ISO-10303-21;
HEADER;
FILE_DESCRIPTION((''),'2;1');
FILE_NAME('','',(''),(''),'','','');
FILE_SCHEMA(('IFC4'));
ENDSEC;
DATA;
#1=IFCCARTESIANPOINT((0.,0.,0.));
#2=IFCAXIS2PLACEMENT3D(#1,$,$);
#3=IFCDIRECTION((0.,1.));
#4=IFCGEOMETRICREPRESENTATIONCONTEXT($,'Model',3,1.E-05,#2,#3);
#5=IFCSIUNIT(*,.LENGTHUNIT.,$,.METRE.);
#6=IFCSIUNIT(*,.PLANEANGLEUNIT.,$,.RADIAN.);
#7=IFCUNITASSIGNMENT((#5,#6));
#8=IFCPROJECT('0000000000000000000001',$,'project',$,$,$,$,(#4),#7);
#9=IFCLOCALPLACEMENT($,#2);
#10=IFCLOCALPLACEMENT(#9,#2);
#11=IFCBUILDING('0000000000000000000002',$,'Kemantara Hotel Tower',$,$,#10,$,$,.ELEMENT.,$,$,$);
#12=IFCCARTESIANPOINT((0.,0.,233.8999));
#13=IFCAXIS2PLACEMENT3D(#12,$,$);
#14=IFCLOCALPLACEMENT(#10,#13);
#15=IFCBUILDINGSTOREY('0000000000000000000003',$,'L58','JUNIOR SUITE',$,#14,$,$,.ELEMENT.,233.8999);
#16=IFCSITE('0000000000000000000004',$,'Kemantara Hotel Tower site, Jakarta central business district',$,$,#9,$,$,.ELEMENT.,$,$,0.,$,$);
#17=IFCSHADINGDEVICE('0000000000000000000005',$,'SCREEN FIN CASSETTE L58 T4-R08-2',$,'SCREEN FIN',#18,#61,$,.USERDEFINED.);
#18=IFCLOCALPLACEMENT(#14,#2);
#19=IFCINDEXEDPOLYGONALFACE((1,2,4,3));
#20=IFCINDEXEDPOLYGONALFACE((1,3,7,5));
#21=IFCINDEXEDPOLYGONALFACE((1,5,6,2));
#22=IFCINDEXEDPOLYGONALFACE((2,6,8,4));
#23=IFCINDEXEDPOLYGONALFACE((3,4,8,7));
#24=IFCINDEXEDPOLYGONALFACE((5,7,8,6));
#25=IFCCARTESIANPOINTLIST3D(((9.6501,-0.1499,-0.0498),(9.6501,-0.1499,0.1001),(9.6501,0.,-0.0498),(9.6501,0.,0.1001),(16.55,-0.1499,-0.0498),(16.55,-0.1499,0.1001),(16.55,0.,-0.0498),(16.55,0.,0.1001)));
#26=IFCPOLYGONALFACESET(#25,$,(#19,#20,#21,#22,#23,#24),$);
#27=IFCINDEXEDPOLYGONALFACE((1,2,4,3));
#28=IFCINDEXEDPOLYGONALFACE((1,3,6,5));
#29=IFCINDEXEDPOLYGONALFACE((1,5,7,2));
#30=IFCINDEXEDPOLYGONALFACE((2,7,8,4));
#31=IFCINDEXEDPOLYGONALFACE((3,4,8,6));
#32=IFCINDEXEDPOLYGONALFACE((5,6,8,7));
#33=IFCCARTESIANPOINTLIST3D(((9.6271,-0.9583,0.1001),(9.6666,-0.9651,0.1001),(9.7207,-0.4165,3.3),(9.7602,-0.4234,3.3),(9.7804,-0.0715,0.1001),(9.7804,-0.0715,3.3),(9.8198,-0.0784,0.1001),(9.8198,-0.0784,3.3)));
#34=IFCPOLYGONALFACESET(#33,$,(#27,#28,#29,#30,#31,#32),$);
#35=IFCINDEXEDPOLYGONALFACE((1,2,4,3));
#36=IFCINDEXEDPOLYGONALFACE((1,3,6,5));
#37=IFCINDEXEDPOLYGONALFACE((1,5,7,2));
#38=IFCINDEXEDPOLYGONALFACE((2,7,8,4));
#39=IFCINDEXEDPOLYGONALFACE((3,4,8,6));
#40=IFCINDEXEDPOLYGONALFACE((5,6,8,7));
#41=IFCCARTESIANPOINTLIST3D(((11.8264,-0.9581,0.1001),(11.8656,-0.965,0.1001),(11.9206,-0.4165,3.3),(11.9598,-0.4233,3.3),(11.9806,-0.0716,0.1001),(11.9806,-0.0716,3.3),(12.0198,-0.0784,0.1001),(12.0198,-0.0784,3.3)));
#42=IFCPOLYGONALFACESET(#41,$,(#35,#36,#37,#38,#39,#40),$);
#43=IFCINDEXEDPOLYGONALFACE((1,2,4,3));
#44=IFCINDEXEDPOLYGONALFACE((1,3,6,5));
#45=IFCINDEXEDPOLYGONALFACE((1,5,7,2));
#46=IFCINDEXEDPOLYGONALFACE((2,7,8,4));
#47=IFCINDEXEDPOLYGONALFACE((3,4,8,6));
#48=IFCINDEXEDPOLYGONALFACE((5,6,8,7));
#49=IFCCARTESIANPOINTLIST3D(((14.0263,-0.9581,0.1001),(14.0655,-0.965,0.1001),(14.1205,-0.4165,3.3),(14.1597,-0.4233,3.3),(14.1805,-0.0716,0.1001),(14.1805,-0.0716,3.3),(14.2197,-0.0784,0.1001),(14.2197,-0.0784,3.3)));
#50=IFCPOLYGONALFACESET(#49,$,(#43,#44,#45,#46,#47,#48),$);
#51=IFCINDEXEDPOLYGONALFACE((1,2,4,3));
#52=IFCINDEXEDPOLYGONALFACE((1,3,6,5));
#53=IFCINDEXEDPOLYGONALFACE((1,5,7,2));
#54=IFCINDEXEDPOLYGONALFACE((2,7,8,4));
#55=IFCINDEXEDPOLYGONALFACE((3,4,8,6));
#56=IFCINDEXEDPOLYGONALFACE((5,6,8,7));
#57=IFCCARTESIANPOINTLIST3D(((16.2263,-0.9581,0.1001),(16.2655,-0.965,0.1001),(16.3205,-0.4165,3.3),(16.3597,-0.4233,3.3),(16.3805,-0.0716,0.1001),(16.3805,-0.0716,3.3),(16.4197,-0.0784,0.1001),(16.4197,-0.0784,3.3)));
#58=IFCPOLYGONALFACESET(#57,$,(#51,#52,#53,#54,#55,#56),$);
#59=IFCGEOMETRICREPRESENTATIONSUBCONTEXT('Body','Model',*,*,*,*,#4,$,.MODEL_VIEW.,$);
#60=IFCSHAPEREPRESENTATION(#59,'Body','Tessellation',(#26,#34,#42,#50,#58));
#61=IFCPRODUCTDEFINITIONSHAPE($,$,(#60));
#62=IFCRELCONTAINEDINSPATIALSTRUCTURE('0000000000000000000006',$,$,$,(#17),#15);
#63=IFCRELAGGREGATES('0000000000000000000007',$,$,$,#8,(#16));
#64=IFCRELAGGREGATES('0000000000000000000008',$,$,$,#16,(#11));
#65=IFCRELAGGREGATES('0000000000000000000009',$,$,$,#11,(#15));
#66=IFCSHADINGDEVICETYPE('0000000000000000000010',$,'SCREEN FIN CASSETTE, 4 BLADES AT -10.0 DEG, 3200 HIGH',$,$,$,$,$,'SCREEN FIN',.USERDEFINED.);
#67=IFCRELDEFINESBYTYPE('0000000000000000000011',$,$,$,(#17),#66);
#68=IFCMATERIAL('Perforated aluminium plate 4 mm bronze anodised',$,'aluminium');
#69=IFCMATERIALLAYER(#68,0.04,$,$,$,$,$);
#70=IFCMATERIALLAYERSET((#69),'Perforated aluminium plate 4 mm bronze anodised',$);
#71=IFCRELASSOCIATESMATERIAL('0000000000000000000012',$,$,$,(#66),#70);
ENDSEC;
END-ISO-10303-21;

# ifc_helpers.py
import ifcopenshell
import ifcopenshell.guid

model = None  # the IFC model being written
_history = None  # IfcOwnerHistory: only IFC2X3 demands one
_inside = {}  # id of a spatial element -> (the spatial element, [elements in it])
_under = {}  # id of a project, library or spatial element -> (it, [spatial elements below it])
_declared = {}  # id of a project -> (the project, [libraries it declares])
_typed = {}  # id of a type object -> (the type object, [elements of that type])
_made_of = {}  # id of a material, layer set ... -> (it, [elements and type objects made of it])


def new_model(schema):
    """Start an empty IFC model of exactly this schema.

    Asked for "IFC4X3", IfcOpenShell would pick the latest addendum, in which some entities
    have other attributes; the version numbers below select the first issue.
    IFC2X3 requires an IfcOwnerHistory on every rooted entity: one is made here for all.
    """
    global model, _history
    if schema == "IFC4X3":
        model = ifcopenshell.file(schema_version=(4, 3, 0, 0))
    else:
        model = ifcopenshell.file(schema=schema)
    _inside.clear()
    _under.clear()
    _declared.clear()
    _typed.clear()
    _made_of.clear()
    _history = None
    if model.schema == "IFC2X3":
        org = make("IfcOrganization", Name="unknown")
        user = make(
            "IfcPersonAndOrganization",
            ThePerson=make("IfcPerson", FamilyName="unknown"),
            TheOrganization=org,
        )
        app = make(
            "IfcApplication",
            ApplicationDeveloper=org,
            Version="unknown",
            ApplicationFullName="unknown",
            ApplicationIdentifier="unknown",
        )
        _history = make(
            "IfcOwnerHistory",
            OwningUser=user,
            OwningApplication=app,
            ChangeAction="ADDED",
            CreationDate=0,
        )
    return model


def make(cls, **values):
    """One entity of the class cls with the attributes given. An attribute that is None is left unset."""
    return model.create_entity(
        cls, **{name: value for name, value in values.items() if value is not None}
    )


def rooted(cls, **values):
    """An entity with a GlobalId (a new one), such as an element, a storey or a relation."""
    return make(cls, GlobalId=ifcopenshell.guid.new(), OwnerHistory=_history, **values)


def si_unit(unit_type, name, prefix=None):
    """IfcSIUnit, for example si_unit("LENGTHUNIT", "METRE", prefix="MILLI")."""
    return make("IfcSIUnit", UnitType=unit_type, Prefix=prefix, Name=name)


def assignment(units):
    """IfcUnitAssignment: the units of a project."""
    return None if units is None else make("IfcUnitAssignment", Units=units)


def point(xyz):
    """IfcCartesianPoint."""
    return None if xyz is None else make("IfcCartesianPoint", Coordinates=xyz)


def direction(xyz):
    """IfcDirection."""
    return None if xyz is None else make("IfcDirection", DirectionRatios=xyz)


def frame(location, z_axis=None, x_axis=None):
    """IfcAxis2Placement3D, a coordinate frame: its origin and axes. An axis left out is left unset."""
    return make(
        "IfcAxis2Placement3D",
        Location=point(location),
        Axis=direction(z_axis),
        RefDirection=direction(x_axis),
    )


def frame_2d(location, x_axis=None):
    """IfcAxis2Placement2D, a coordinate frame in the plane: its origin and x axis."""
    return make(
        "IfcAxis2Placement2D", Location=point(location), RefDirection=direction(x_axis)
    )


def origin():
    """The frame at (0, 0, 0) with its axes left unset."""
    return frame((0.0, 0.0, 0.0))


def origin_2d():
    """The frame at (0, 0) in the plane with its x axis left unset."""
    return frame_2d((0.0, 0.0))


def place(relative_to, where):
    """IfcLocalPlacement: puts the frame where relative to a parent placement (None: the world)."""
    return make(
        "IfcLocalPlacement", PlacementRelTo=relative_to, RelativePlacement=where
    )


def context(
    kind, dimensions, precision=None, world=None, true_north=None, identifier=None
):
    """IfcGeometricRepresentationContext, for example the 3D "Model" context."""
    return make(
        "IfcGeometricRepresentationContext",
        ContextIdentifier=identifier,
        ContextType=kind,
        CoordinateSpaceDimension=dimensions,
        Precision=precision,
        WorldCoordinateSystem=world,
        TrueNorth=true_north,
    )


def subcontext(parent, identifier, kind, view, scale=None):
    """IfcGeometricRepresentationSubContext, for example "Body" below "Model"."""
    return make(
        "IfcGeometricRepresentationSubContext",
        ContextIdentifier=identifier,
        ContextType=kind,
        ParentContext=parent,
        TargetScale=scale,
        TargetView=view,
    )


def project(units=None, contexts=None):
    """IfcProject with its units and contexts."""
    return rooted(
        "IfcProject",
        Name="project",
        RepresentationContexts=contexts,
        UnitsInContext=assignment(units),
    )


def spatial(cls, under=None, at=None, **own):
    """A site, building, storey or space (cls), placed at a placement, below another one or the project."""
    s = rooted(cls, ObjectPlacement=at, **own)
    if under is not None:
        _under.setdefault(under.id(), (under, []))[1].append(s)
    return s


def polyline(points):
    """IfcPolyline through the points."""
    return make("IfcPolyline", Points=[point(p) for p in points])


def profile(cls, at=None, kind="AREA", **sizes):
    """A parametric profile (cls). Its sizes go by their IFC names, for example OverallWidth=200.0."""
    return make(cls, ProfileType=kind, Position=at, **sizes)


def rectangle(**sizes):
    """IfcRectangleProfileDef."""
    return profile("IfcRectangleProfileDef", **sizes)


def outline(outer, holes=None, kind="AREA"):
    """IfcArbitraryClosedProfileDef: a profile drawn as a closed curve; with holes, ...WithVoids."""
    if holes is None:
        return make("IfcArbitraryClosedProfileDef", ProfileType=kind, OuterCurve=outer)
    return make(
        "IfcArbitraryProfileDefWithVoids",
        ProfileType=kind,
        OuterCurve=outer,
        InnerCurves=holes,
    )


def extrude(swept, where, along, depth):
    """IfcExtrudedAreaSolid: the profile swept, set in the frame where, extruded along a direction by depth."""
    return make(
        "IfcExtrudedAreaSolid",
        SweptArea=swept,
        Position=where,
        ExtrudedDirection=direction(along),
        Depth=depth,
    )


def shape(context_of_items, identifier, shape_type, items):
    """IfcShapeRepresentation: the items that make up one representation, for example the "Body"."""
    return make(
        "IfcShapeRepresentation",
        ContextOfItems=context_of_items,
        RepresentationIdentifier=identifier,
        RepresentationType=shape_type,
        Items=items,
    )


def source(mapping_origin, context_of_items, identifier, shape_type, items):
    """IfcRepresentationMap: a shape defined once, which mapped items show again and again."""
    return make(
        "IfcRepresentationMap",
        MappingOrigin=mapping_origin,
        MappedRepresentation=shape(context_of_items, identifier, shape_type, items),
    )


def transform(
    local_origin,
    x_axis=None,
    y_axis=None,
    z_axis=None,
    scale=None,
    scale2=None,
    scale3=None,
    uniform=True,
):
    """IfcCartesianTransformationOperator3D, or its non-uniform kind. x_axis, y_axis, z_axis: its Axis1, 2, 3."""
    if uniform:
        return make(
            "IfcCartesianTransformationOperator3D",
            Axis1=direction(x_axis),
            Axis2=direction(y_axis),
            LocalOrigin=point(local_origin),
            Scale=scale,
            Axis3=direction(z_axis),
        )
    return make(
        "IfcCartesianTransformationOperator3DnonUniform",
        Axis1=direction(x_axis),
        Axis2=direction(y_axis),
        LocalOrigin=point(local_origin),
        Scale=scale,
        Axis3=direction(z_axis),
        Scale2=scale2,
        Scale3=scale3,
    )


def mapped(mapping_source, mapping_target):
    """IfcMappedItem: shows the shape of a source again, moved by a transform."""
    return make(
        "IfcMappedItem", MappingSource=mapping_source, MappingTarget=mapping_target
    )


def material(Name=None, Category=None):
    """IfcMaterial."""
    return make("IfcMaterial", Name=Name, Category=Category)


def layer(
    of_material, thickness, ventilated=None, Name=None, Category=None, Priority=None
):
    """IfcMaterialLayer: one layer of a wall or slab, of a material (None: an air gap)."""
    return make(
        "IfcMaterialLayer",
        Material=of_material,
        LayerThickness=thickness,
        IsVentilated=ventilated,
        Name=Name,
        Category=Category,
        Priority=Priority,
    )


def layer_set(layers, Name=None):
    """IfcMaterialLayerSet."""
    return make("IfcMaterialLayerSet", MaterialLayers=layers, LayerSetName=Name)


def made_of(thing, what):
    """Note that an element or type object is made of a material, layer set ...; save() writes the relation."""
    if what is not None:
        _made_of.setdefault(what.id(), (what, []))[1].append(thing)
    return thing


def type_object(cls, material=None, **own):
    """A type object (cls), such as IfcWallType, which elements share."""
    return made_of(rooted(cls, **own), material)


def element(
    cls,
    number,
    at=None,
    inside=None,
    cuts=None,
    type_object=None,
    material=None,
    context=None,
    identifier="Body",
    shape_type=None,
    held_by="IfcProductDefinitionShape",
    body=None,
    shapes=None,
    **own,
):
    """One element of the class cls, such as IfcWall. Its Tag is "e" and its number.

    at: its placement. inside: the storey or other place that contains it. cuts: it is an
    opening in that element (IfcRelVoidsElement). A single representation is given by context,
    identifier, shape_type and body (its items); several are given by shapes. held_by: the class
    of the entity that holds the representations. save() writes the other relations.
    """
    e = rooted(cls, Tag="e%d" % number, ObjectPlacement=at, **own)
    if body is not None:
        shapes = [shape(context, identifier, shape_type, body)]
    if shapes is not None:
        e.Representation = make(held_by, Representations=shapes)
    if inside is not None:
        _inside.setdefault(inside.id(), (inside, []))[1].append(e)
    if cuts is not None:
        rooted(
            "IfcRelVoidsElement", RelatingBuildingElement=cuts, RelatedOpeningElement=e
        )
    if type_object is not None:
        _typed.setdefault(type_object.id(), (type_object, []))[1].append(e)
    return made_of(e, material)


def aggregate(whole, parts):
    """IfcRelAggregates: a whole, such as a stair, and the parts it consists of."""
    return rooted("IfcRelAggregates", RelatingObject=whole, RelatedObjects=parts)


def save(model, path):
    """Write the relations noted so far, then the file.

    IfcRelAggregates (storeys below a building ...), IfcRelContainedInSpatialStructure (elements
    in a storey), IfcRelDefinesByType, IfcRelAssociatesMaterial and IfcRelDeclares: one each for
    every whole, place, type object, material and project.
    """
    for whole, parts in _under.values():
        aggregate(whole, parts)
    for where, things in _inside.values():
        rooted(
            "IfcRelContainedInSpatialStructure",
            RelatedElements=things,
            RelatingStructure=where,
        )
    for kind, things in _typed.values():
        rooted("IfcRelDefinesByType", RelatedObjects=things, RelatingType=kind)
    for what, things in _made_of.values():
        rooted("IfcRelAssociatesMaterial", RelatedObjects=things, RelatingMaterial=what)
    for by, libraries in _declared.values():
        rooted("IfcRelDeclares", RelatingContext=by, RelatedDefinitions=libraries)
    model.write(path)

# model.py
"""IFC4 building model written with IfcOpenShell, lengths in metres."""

from ifc_helpers import new_model, si_unit, direction, frame, origin, origin_2d, place, context, subcontext, project, spatial, polyline, rectangle, outline, extrude, source, transform, mapped, material, layer, layer_set, type_object, element, save


model = new_model("IFC4")

# Units and contexts
model_context = context("Model", 3, precision=1e-05, world=origin(), true_north=direction((0.0, 1.0)))
body_context = subcontext(model_context, "Body", "Model", "MODEL_VIEW")
ifc_project = project(units=[si_unit("LENGTHUNIT", "METRE"), si_unit("PLANEANGLEUNIT", "RADIAN")], contexts=[model_context])

# Site, building, storey
site_placement = place(None, origin())
site = spatial("IfcSite", under=ifc_project, at=site_placement, Name="Kemantara Hotel Tower site, Jakarta central business district", CompositionType="ELEMENT", RefElevation=0.0)
building_placement = place(site_placement, origin())
building = spatial("IfcBuilding", under=site, at=building_placement, Name="Kemantara Hotel Tower", CompositionType="ELEMENT")
storey_placement = place(building_placement, frame((0.0, 0.0, 233.8999)))
storey = spatial("IfcBuildingStorey", under=building, at=storey_placement, Name="L58", Description="JUNIOR SUITE", CompositionType="ELEMENT", Elevation=233.8999)

# Shading device
ifc_material_1 = material(Name="Perforated aluminium plate 4 mm bronze anodised", Category="aluminium")
ifc_layer_1 = layer(ifc_material_1, 0.04)
ifc_layer_set_1 = layer_set([ifc_layer_1], Name="Perforated aluminium plate 4 mm bronze anodised")
shading_device_type_1 = type_object("IfcShadingDeviceType", Name="SCREEN FIN CASSETTE, 4 BLADES AT -10.0 DEG, 3200 HIGH", ElementType="SCREEN FIN", PredefinedType="USERDEFINED", material=ifc_layer_set_1)
shared_shape_1 = source(origin(), body_context, "Body", "SweptSolid", [
    extrude(rectangle(XDim=6.8999, YDim=0.1499, at=origin_2d()), frame((3.3, -0.075, -0.1499), z_axis=(0.0, 0.0, 1.0), x_axis=(1.0, 0.0, 0.0)), (0.0, 0.0, 1.0), 0.1499),
    extrude(outline(polyline([(0.0, 0.0), (0.8999, 0.0), (0.3501, 3.2), (0.0, 3.2), (0.0, 0.0)])), frame((0.0198, -0.0784, 0.0), z_axis=(-0.98539, 0.170314, 0.0), x_axis=(-0.170314, -0.98539, 0.0)), (0.0, 0.0, 1.0), 0.04),
    extrude(outline(polyline([(0.0, 0.0), (0.8999, 0.0), (0.3501, 3.2), (0.0, 3.2), (0.0, 0.0)])), frame((2.2197, -0.0784, 0.0), z_axis=(-0.985212, 0.171341, 0.0), x_axis=(-0.171341, -0.985212, 0.0)), (0.0, 0.0, 1.0), 0.0398),
    extrude(outline(polyline([(0.0, 0.0), (0.8999, 0.0), (0.3501, 3.2), (0.0, 3.2), (0.0, 0.0)])), frame((4.4197, -0.0784, 0.0), z_axis=(-0.985212, 0.171341, 0.0), x_axis=(-0.171341, -0.985212, 0.0)), (0.0, 0.0, 1.0), 0.0398),
    extrude(outline(polyline([(0.0, 0.0), (0.8999, 0.0), (0.3501, 3.2), (0.0, 3.2), (0.0, 0.0)])), frame((6.6196, -0.0784, 0.0), z_axis=(-0.985212, 0.171341, 0.0), x_axis=(-0.171341, -0.985212, 0.0)), (0.0, 0.0, 1.0), 0.0398),
])
shading_device_1_placement = place(storey_placement, frame((9.8, 0.0, 0.1001), z_axis=(0.0, 0.0, 1.0), x_axis=(1.0, 0.0, 0.0)))
element("IfcShadingDevice", 1, at=shading_device_1_placement, inside=storey, type_object=shading_device_type_1, Name="SCREEN FIN CASSETTE L58 T4-R08-2", ObjectType="SCREEN FIN", PredefinedType="USERDEFINED", context=body_context, shape_type="MappedRepresentation", body=[
    mapped(shared_shape_1, transform((0.0, 0.0, 0.0))),
])

save(model, "model.ifc")
